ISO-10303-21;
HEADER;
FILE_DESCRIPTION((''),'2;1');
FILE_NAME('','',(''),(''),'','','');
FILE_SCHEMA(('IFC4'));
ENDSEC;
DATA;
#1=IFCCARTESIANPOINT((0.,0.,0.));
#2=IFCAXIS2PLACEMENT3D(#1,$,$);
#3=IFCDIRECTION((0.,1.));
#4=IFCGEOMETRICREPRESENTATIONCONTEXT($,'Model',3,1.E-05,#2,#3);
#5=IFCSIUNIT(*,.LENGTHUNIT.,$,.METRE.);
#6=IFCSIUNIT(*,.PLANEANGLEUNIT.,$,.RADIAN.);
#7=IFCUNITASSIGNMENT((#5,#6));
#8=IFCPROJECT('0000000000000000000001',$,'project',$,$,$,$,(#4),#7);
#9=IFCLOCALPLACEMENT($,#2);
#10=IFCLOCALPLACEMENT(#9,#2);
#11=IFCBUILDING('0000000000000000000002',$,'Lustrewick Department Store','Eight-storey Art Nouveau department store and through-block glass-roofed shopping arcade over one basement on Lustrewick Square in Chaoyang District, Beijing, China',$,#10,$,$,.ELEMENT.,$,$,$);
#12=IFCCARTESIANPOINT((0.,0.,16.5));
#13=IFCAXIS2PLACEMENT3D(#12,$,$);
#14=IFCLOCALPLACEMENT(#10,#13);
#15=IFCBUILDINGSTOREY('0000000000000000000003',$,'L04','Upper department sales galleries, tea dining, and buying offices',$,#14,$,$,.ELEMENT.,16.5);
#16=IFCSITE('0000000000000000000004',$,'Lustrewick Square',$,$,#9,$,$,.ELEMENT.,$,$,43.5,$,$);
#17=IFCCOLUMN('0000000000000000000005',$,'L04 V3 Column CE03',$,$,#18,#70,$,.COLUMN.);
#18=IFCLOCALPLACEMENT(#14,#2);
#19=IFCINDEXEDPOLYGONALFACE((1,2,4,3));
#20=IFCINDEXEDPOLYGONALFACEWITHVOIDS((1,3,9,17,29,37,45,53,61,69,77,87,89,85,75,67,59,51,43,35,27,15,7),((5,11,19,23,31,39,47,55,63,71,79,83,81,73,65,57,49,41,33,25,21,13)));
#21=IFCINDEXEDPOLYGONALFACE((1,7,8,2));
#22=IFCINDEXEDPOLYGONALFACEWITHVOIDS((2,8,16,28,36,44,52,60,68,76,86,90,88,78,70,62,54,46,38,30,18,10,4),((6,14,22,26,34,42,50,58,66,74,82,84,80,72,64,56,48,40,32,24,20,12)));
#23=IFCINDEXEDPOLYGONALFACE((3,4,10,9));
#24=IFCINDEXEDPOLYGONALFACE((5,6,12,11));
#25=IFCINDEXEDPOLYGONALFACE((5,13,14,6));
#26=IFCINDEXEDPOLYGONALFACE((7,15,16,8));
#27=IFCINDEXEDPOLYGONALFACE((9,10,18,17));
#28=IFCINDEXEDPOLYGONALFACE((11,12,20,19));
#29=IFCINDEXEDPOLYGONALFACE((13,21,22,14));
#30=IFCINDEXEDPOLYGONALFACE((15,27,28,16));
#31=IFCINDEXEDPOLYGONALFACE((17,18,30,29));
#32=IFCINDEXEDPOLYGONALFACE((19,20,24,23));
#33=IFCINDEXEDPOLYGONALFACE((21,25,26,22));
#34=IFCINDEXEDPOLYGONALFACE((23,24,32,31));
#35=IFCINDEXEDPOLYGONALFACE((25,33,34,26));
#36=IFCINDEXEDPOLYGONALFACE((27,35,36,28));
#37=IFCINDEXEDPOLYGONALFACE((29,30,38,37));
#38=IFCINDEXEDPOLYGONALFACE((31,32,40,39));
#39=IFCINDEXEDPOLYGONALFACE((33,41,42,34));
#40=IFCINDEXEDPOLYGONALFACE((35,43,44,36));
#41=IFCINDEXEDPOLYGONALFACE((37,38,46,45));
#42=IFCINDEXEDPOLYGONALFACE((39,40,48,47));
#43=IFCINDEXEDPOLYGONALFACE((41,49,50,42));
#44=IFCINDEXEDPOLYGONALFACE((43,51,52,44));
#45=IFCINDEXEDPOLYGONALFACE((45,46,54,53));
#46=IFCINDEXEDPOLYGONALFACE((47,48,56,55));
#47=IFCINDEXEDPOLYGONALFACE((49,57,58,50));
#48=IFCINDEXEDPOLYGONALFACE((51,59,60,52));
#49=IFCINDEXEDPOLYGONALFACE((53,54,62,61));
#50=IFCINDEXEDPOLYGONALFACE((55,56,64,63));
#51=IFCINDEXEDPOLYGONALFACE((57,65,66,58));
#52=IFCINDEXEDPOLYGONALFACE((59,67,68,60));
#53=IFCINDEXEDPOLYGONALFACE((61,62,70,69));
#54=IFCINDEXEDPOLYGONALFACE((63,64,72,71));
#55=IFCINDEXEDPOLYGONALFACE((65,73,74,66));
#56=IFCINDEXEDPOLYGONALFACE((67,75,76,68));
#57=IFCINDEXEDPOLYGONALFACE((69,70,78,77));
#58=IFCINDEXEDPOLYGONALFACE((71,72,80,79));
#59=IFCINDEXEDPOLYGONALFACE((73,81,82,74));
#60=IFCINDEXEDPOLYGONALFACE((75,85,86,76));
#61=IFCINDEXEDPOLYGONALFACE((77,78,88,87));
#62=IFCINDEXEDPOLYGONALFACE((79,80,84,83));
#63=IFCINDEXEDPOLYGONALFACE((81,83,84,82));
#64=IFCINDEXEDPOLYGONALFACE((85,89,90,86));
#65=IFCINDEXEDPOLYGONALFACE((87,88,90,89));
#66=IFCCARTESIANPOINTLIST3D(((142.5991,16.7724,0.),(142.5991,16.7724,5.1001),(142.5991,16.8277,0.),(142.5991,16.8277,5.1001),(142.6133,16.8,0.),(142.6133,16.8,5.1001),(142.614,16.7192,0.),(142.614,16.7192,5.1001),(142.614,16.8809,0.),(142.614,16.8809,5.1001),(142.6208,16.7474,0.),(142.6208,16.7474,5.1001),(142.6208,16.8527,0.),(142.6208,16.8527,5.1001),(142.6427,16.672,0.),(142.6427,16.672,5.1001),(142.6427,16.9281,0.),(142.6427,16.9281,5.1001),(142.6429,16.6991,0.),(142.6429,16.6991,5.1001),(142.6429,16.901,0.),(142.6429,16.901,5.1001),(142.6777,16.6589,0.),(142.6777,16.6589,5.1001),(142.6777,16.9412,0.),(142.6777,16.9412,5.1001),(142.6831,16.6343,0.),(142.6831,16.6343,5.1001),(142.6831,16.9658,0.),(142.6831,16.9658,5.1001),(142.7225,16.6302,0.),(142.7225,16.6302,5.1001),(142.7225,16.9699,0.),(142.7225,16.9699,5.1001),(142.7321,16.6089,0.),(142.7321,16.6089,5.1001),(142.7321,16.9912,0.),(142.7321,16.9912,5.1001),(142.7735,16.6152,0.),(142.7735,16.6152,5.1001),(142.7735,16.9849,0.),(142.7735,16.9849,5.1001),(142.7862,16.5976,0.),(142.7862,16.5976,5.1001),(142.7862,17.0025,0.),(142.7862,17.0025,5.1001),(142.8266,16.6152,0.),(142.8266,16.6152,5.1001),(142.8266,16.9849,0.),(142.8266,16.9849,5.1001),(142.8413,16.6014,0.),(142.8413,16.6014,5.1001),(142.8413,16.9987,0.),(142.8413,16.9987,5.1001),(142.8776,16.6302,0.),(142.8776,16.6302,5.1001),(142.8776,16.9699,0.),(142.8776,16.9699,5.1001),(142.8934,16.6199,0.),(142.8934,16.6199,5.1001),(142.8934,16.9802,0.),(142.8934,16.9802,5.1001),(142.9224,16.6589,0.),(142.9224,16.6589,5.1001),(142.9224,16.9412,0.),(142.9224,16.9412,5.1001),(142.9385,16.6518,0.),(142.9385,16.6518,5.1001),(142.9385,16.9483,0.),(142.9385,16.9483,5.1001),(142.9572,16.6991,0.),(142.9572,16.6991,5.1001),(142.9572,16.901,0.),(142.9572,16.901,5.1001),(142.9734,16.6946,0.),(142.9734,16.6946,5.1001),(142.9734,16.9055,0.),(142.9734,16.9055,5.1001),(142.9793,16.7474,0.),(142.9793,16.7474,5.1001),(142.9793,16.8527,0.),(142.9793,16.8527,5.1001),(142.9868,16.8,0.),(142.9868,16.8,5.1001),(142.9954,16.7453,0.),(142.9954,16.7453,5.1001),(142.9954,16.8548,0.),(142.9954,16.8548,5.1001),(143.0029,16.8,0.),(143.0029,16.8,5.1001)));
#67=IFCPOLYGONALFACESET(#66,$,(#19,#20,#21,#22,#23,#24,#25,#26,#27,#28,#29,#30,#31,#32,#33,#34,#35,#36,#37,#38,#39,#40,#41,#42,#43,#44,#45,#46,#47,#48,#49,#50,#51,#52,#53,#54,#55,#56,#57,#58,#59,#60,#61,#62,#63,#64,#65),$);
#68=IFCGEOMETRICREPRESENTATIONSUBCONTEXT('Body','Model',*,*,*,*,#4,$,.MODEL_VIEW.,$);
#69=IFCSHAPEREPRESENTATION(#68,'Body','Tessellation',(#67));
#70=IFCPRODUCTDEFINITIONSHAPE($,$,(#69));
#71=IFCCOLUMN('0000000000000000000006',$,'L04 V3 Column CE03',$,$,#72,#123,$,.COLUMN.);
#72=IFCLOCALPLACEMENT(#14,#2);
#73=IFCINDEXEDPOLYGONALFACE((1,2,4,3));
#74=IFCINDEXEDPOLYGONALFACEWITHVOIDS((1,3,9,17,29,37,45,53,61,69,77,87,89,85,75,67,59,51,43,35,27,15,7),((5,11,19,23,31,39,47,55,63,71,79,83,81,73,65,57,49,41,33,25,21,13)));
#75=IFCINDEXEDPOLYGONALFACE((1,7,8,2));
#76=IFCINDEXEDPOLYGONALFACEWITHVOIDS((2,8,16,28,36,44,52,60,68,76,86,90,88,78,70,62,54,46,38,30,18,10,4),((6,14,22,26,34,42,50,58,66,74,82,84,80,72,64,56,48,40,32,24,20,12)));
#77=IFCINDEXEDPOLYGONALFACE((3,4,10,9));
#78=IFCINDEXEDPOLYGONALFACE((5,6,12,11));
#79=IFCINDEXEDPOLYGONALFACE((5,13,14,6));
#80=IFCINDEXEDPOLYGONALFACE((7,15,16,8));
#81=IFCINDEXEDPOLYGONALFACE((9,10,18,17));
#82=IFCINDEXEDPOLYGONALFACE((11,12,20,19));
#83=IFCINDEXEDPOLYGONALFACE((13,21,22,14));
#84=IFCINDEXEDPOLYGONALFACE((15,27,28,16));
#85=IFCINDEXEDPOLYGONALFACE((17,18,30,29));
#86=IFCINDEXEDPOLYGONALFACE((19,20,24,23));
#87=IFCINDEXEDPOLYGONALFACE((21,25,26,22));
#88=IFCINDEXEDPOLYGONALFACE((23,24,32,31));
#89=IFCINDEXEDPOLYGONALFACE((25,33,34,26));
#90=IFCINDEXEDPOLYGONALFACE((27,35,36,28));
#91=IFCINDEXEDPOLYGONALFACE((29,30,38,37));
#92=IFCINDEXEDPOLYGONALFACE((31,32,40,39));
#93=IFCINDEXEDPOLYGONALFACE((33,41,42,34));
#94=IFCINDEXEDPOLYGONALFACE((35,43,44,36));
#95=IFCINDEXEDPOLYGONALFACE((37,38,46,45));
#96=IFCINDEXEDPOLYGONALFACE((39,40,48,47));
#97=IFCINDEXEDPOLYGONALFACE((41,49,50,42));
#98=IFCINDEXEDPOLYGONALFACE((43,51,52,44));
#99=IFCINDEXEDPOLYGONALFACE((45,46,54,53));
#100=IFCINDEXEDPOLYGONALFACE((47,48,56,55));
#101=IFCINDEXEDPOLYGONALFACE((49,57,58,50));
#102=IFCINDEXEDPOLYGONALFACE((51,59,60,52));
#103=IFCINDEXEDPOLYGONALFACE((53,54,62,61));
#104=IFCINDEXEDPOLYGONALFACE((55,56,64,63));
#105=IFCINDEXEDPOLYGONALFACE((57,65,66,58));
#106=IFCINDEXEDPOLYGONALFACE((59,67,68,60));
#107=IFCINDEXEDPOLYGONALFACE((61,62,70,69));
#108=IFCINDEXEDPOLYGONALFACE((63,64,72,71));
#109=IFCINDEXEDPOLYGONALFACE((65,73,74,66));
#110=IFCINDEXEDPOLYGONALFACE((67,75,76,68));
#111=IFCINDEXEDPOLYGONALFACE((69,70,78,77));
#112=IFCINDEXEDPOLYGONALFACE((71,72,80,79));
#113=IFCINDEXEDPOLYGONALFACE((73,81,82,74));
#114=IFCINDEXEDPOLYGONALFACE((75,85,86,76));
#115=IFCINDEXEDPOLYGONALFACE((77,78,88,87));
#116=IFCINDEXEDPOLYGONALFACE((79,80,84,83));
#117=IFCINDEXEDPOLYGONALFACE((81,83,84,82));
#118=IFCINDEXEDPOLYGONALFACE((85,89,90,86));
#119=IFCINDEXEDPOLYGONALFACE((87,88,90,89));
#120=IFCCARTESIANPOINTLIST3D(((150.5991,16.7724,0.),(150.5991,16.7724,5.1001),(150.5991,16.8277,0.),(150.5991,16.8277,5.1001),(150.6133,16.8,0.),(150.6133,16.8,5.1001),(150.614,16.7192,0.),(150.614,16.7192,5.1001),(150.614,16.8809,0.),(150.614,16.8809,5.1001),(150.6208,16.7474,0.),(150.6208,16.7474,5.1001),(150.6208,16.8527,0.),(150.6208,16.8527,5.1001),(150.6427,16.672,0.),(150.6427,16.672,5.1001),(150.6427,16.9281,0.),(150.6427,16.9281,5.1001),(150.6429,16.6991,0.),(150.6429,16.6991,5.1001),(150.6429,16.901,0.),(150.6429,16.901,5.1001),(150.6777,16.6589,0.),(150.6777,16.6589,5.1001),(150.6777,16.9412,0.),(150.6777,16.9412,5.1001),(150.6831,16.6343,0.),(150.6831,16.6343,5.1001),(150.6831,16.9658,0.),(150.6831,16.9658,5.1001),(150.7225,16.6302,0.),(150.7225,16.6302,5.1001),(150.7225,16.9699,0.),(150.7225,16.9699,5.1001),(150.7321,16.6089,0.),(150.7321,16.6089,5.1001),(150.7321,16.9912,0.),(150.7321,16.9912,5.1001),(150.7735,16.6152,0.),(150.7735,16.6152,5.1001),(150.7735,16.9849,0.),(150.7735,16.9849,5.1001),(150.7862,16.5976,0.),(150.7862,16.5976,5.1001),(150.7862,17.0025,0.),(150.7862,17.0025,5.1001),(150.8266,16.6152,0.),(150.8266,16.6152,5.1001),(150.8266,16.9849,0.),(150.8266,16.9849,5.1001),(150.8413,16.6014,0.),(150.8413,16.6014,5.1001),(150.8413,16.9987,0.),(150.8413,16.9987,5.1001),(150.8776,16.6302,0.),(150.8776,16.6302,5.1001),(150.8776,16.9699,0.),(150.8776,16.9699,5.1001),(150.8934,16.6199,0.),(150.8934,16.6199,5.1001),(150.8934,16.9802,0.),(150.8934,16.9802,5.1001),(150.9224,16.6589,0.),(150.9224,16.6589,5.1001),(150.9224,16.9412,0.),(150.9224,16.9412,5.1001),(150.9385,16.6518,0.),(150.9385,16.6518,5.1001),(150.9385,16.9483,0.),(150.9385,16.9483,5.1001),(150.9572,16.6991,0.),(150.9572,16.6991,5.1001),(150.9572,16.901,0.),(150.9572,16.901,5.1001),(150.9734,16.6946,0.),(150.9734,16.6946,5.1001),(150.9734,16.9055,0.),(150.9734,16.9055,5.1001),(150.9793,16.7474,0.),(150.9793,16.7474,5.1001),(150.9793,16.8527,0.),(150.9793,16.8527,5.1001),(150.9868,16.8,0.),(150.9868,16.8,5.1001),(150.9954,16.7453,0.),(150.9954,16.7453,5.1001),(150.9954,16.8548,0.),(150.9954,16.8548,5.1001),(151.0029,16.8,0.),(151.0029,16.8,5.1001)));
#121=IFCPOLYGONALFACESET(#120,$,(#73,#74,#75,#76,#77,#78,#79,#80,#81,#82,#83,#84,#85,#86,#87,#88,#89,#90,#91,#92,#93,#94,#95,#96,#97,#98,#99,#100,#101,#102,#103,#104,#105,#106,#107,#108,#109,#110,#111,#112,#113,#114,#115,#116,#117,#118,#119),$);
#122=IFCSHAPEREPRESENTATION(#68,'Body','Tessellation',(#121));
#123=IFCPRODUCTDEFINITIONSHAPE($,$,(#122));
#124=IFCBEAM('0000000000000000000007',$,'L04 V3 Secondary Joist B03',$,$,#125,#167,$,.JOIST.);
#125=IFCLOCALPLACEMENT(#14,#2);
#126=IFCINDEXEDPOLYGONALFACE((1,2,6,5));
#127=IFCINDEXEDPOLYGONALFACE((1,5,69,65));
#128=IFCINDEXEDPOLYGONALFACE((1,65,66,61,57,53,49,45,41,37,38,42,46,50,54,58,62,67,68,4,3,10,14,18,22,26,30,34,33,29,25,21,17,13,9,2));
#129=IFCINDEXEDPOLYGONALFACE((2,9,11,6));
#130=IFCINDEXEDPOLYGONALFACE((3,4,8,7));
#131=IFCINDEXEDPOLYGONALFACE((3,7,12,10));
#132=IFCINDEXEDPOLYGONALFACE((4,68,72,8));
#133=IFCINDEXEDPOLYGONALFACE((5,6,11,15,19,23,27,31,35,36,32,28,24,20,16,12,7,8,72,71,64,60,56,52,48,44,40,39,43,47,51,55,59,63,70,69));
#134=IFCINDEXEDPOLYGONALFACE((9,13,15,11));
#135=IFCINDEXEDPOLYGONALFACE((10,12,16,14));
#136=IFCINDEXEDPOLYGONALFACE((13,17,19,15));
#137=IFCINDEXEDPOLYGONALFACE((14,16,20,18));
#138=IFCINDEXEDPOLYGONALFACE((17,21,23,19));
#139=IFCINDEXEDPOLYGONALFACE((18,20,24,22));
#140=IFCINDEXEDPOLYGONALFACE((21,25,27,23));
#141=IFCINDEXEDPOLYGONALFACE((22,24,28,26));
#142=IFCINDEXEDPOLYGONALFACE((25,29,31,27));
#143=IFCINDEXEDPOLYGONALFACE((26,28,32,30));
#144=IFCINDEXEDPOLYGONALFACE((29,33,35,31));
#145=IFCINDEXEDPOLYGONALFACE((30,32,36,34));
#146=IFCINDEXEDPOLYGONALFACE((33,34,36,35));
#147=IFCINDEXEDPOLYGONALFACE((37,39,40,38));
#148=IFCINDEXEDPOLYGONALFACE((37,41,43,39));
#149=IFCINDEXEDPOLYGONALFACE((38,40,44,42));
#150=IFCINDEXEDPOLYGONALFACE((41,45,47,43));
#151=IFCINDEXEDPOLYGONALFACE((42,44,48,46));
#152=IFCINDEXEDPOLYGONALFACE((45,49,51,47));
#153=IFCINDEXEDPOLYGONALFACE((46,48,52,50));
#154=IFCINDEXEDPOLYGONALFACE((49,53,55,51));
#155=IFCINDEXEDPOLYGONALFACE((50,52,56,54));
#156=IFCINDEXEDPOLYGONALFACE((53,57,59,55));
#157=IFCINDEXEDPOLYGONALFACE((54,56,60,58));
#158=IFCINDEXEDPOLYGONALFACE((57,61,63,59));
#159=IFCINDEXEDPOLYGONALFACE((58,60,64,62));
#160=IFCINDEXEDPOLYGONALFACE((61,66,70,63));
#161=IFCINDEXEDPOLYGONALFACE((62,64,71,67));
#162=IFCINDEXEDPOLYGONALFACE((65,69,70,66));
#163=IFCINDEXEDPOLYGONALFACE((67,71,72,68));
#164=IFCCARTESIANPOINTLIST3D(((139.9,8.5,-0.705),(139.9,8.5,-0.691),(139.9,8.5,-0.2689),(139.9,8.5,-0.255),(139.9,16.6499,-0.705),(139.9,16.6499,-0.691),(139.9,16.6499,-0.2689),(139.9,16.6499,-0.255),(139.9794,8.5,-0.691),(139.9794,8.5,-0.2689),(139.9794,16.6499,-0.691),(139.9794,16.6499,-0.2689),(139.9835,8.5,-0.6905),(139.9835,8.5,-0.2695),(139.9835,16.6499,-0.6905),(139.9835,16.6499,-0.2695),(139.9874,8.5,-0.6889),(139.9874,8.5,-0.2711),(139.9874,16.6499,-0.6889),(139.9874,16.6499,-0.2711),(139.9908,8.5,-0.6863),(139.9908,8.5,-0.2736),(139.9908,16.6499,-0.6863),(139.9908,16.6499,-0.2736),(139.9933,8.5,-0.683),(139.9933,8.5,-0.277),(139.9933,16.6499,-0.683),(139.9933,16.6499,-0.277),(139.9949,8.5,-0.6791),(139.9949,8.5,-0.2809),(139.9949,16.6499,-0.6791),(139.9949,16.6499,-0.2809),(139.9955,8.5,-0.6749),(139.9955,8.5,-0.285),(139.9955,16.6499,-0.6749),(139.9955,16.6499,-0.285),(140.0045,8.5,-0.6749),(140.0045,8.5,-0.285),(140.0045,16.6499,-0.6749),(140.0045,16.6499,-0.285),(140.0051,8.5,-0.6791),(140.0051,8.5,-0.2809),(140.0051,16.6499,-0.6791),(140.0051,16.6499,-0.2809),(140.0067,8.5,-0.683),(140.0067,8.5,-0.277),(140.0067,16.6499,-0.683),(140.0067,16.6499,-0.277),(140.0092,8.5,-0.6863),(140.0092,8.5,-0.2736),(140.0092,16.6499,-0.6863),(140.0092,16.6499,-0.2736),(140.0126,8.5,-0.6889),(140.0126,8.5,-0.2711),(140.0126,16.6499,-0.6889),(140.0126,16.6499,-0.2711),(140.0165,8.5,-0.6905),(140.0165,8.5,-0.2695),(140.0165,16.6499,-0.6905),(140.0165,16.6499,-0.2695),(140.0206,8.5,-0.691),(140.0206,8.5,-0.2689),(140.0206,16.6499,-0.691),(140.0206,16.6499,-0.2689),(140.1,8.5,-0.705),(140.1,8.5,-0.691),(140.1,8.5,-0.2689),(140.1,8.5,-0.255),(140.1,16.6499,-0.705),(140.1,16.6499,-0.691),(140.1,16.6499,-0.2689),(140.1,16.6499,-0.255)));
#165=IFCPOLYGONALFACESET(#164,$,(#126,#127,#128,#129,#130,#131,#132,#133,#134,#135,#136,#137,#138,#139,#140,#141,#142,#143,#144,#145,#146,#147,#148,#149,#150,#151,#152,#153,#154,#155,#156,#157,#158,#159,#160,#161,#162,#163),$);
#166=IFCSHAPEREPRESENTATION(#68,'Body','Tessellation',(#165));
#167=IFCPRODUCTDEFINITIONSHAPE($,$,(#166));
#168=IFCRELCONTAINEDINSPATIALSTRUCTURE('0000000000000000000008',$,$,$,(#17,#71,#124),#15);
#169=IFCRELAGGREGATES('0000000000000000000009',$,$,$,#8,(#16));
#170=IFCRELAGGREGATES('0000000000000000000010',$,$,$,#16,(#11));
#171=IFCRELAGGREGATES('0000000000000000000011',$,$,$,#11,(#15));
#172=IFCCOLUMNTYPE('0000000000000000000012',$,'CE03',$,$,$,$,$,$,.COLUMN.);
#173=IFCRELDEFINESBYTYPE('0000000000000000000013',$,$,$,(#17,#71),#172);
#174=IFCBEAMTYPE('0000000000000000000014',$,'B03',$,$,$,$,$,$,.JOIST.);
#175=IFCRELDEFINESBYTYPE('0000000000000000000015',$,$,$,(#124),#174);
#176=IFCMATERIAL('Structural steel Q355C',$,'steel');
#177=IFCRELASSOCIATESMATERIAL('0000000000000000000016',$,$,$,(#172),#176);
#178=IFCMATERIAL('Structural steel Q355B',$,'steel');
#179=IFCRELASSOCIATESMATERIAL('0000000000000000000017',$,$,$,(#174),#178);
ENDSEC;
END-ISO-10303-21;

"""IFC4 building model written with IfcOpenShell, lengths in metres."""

from ifc_helpers import new_model, si_unit, direction, frame, origin, origin_2d, place, context, subcontext, project, spatial, hollow_circle, i_section, extrude, material, material_profile, profile_set, type_object, element, save


model = new_model("IFC4")

# Units and contexts
model_context = context("Model", 3, precision=1e-05, world=origin(), true_north=direction((0.0, 1.0)))
body_context = subcontext(model_context, "Body", "Model", "MODEL_VIEW")
ifc_project = project(units=[si_unit("LENGTHUNIT", "METRE"), si_unit("PLANEANGLEUNIT", "RADIAN")], contexts=[model_context])

# Site, building, storey
site_placement = place(None, origin())
site = spatial("IfcSite", under=ifc_project, at=site_placement, Name="Lustrewick Square", CompositionType="ELEMENT", RefElevation=43.5)
building_placement = place(site_placement, origin())
building = spatial("IfcBuilding", under=site, at=building_placement, Name="Lustrewick Department Store", Description="Eight-storey Art Nouveau department store and through-block glass-roofed shopping arcade over one basement on Lustrewick Square in Chaoyang District, Beijing, China", CompositionType="ELEMENT")
storey_placement = place(building_placement, frame((0.0, 0.0, 16.5)))
storey = spatial("IfcBuildingStorey", under=building, at=storey_placement, Name="L04", Description="Upper department sales galleries, tea dining, and buying offices", CompositionType="ELEMENT", Elevation=16.5)

# Columns
ifc_material_1 = material(Name="Structural steel Q355C", Category="steel")
ifc_material_profile_1 = material_profile(ifc_material_1, hollow_circle(Radius=0.2029, WallThickness=0.0161, at=origin_2d()), Name="CHS 406x16")
ifc_profile_set_1 = profile_set([ifc_material_profile_1], Name="Structural steel Q355C")
column_type = type_object("IfcColumnType", Name="CE03", PredefinedType="COLUMN", material=ifc_profile_set_1)
for number, where, z_axis, x_axis, name in (
    (1, (142.8, 16.8, 0.0), (0.0, 0.0, 1.0), (1.0, 0.0, 0.0), "L04 V3 Column CE03"),
    (2, (150.8, 16.8, 0.0), (0.0, 0.0, 1.0), (1.0, 0.0, 0.0), "L04 V3 Column CE03"),
):
    element("IfcColumn", number, at=place(storey_placement, frame(where, z_axis=z_axis, x_axis=x_axis)), inside=storey, type_object=column_type, Name=name, PredefinedType="COLUMN", context=body_context, shape_type="SweptSolid", body=[
        extrude(hollow_circle(Radius=0.2029, WallThickness=0.0161, at=origin_2d()), origin(), (0.0, 0.0, 1.0), 5.1001),
    ])

# Beam
ifc_material_2 = material(Name="Structural steel Q355B", Category="steel")
ifc_material_profile_2 = material_profile(ifc_material_2, i_section(OverallWidth=0.2, OverallDepth=0.45, WebThickness=0.009, FlangeThickness=0.0139, FilletRadius=0.0161, at=origin_2d()), Name="HN 450x200x9x14")
ifc_profile_set_2 = profile_set([ifc_material_profile_2], Name="Structural steel Q355B")
beam_type_1 = type_object("IfcBeamType", Name="B03", PredefinedType="JOIST", material=ifc_profile_set_2)
beam_1_placement = place(storey_placement, frame((140.0, 8.5, -0.48), z_axis=(0.0, 1.0, 0.0), x_axis=(-1.0, 0.0, 0.0)))
element("IfcBeam", 3, at=beam_1_placement, inside=storey, type_object=beam_type_1, Name="L04 V3 Secondary Joist B03", PredefinedType="JOIST", context=body_context, shape_type="SweptSolid", body=[
    extrude(i_section(OverallWidth=0.2, OverallDepth=0.45, WebThickness=0.009, FlangeThickness=0.0139, FilletRadius=0.0161, at=origin_2d()), origin(), (0.0, 0.0, 1.0), 8.1499),
])

save(model, "model.ifc")
